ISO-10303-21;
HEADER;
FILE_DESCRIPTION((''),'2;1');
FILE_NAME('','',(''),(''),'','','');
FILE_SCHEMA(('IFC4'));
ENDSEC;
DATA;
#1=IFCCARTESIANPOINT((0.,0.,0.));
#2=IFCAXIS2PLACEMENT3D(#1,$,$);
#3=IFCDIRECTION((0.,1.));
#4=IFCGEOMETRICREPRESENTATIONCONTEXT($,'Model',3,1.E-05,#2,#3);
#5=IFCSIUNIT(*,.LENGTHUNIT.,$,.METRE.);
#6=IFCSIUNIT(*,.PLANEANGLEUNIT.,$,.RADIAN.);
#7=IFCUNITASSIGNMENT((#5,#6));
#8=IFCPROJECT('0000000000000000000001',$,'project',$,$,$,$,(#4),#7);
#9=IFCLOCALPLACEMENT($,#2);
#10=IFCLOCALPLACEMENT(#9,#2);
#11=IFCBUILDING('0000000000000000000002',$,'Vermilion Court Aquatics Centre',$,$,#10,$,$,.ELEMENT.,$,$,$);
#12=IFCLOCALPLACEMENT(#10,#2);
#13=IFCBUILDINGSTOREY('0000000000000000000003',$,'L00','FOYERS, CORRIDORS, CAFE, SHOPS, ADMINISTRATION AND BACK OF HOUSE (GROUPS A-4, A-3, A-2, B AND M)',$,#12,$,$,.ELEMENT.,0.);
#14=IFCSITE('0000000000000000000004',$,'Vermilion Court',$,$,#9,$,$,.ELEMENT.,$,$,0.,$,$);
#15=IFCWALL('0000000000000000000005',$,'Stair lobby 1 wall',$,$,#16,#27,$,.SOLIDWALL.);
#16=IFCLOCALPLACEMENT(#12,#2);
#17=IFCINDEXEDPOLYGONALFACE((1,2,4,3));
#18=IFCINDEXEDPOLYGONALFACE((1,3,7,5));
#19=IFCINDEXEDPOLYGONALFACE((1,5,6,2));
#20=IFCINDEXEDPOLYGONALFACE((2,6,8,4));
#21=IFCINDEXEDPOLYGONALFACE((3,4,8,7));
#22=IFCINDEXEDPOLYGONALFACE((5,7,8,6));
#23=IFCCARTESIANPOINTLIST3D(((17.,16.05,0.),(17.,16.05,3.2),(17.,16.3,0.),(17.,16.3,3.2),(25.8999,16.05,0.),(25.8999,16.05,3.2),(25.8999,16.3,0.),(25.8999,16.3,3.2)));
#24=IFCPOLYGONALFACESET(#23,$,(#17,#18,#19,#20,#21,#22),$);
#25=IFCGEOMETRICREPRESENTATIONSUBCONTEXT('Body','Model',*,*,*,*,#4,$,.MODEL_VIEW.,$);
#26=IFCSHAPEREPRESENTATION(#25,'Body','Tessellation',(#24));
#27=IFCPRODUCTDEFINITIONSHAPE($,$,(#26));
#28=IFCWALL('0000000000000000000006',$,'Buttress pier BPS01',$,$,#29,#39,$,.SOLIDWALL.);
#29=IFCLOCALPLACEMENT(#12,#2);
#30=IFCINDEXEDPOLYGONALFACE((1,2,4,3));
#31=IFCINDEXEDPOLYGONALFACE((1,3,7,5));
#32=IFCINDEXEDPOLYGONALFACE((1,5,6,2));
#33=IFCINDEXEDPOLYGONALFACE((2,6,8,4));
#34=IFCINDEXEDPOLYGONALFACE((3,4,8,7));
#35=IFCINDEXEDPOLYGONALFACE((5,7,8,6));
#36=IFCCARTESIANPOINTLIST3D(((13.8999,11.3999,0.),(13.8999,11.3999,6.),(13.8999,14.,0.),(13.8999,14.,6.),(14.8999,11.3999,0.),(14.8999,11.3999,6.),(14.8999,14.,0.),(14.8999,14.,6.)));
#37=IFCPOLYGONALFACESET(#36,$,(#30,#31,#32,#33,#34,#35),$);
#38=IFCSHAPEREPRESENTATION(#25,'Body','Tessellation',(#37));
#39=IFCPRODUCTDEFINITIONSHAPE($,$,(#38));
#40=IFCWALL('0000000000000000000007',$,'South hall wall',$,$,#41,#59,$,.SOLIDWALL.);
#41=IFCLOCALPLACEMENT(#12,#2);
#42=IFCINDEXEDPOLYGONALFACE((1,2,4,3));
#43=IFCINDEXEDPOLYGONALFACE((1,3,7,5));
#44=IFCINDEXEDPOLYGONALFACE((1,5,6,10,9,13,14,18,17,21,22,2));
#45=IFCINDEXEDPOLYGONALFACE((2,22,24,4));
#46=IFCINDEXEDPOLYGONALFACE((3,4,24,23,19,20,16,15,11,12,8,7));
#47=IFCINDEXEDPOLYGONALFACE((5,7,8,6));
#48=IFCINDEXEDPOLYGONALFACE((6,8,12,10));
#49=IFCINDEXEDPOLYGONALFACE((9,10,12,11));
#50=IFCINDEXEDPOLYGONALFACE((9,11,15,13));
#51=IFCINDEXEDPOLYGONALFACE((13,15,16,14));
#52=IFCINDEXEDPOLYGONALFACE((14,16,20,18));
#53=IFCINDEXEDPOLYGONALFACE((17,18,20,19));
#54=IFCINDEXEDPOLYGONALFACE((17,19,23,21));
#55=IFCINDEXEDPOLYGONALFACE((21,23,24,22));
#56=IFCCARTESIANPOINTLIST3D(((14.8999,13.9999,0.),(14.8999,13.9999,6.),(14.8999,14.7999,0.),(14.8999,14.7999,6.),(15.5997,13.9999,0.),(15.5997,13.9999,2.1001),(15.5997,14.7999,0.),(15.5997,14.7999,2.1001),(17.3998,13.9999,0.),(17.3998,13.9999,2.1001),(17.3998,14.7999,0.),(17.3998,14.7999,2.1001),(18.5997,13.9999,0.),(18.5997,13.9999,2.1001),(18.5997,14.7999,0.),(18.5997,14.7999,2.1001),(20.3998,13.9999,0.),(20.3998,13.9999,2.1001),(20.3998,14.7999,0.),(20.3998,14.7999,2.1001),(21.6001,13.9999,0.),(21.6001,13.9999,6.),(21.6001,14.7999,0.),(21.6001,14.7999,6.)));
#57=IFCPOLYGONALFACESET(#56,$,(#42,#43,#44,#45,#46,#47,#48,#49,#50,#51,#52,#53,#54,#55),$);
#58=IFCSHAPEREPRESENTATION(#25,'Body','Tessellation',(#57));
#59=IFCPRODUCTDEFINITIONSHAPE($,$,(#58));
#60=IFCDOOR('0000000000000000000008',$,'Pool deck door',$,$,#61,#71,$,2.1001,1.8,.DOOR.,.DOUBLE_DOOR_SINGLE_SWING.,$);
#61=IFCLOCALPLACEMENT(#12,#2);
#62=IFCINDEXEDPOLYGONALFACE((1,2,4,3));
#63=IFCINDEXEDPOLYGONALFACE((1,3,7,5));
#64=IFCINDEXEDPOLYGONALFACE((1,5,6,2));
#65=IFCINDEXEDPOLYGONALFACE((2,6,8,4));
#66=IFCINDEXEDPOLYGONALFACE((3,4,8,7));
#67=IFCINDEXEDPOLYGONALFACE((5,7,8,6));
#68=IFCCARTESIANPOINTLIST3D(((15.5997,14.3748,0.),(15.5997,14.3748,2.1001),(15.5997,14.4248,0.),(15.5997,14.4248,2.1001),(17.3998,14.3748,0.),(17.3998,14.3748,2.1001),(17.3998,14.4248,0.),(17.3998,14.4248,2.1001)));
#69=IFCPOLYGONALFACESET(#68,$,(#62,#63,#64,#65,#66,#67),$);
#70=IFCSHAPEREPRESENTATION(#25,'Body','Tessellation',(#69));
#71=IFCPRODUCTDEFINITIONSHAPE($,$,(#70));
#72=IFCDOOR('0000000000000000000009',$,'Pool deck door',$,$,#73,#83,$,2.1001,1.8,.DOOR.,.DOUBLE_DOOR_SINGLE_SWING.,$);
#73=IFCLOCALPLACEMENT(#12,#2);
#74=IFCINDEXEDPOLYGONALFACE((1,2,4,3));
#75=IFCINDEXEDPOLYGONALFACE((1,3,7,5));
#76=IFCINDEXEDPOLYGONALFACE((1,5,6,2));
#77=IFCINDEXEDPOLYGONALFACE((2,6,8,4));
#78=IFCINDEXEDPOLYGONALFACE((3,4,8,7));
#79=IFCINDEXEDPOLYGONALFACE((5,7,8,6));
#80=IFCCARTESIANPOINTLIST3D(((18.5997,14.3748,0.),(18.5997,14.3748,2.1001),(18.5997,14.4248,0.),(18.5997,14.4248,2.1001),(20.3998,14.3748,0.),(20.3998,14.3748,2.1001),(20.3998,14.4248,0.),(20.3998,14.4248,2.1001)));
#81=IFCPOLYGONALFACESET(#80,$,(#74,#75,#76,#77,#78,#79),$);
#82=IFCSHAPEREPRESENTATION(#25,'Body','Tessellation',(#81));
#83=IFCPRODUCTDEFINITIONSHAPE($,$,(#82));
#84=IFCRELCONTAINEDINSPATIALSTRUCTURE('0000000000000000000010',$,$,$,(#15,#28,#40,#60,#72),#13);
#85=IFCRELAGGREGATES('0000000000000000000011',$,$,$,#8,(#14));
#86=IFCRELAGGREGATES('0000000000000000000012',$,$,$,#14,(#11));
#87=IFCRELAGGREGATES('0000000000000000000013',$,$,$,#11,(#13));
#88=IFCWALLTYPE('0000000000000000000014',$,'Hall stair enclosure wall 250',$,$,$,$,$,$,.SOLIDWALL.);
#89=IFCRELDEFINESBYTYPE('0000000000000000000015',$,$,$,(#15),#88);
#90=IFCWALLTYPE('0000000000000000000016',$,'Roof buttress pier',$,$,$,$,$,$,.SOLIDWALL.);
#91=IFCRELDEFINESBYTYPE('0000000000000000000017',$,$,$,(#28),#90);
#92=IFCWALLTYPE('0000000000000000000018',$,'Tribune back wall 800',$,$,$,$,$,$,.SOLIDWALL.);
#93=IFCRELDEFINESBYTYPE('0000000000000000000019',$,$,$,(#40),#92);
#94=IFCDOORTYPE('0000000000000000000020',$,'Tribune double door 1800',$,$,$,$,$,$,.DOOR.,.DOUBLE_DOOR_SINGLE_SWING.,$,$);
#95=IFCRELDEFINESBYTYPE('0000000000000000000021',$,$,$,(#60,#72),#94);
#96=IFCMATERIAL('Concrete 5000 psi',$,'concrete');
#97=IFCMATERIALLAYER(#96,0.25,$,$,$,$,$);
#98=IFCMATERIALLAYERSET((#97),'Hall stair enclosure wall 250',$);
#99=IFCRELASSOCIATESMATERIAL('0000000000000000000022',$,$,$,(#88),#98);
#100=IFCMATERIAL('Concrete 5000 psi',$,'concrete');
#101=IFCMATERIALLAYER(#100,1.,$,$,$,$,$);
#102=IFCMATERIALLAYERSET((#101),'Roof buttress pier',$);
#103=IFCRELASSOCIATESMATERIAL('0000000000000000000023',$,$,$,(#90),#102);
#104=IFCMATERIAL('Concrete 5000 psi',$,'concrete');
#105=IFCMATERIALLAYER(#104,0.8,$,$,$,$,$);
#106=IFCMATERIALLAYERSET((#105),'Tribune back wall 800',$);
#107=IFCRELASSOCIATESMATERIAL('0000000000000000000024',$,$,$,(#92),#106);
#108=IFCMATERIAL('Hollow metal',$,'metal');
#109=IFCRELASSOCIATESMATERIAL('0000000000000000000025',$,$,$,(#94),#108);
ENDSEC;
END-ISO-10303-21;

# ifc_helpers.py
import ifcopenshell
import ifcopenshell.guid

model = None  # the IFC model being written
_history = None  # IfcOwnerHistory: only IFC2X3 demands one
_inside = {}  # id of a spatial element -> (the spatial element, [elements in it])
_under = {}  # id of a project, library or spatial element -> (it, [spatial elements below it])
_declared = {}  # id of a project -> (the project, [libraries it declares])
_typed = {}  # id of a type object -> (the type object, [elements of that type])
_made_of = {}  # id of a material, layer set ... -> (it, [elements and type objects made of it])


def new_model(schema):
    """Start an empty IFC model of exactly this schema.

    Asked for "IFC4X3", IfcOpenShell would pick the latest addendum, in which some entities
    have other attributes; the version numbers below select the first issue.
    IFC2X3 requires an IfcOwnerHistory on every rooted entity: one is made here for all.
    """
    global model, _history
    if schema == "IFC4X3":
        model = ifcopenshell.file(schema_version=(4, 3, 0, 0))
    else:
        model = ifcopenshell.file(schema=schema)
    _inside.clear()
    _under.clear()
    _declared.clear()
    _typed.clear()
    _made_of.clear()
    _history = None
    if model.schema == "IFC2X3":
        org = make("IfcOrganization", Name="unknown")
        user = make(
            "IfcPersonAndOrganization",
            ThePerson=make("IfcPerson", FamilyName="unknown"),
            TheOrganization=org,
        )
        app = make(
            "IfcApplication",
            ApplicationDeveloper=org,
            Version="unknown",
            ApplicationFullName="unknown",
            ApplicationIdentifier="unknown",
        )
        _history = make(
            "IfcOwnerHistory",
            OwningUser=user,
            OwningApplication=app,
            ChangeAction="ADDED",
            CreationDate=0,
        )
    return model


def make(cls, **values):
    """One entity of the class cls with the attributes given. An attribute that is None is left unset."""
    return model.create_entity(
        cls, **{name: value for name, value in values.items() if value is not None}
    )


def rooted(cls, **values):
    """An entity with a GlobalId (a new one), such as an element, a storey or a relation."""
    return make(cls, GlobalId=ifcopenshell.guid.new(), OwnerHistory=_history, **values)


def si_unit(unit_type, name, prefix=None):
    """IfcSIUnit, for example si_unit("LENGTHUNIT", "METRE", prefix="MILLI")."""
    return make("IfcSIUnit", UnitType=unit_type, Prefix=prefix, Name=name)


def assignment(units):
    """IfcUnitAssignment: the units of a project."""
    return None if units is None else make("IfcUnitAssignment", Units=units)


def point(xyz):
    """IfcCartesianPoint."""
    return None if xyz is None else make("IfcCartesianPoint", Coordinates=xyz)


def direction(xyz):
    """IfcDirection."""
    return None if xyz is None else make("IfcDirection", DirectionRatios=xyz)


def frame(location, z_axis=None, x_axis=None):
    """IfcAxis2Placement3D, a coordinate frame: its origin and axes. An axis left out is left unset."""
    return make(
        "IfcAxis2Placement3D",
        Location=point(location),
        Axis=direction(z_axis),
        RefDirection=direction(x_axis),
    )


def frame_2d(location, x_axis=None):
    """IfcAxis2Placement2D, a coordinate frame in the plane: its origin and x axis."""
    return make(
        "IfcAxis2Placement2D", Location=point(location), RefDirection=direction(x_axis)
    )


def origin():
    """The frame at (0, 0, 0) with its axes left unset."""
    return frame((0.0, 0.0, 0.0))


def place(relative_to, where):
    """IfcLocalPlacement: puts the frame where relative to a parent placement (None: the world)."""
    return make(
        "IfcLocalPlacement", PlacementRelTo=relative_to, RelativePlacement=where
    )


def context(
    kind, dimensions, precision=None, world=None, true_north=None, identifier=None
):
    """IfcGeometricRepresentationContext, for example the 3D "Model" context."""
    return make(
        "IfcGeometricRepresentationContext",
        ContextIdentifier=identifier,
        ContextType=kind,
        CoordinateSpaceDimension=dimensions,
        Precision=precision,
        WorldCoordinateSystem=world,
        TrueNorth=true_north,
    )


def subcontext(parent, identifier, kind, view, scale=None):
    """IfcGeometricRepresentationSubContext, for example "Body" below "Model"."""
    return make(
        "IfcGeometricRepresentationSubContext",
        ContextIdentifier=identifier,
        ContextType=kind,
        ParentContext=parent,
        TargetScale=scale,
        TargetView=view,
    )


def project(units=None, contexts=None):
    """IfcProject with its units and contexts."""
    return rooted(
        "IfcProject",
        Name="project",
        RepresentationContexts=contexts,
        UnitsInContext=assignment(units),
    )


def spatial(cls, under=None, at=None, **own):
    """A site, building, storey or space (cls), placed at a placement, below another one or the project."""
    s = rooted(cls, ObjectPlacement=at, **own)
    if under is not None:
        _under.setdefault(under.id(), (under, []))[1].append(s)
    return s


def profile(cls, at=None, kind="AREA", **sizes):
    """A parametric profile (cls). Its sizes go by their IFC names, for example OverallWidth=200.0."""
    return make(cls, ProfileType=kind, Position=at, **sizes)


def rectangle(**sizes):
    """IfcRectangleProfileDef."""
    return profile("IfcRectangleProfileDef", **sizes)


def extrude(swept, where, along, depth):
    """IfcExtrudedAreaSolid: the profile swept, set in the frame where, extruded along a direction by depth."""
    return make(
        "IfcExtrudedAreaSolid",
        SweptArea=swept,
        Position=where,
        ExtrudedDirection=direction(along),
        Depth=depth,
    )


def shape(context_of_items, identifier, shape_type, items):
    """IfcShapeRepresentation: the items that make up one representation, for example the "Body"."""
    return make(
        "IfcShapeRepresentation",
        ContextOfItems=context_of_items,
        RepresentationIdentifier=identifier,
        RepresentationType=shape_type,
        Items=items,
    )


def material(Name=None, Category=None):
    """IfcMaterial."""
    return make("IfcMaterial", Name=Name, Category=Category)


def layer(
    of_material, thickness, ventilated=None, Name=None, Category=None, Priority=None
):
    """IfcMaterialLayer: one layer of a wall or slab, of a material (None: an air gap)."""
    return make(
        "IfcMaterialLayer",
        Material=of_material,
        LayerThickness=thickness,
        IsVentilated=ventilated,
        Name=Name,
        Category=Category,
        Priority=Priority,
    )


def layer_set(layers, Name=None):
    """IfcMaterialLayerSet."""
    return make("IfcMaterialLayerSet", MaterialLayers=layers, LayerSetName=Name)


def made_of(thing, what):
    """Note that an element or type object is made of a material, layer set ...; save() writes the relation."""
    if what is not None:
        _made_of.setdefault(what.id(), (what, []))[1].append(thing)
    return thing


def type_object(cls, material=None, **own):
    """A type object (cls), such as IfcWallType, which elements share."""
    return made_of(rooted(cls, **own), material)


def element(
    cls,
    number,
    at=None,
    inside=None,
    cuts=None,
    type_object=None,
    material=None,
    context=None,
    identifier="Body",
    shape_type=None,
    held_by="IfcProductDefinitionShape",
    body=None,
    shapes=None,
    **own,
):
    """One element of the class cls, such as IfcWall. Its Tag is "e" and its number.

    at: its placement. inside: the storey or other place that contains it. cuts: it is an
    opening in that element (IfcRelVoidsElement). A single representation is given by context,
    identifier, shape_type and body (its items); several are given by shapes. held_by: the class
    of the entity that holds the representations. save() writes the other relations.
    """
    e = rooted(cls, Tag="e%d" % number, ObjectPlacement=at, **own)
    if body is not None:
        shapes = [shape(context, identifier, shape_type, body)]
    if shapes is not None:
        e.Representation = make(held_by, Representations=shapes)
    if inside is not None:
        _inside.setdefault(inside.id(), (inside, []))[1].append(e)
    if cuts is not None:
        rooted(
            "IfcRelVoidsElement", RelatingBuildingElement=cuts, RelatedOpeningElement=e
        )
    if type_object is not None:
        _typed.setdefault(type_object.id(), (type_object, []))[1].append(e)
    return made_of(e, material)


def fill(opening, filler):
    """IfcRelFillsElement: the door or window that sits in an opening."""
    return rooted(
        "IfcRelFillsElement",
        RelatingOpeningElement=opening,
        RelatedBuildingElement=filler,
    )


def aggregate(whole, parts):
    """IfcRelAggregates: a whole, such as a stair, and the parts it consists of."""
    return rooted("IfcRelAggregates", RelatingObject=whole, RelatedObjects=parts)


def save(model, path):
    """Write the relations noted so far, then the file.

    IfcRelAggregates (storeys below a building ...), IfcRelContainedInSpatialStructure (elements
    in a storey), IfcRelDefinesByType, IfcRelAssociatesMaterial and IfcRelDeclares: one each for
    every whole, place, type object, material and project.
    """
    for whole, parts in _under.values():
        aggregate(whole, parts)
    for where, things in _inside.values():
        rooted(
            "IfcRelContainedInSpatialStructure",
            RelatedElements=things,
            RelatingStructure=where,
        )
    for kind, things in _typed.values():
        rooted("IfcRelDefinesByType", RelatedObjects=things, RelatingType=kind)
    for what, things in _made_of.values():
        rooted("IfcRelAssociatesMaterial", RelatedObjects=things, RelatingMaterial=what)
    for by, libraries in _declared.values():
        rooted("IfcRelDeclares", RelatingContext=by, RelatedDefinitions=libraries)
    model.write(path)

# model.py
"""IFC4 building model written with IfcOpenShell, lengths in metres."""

from ifc_helpers import new_model, si_unit, direction, frame, frame_2d, origin, place, context, subcontext, project, spatial, rectangle, extrude, material, layer, layer_set, type_object, element, fill, save


model = new_model("IFC4")

# Units and contexts
model_context = context("Model", 3, precision=1e-05, world=origin(), true_north=direction((0.0, 1.0)))
body_context = subcontext(model_context, "Body", "Model", "MODEL_VIEW")
ifc_project = project(units=[si_unit("LENGTHUNIT", "METRE"), si_unit("PLANEANGLEUNIT", "RADIAN")], contexts=[model_context])

# Site, building, storey
site_placement = place(None, origin())
site = spatial("IfcSite", under=ifc_project, at=site_placement, Name="Vermilion Court", CompositionType="ELEMENT", RefElevation=0.0)
building_placement = place(site_placement, origin())
building = spatial("IfcBuilding", under=site, at=building_placement, Name="Vermilion Court Aquatics Centre", CompositionType="ELEMENT")
storey_placement = place(building_placement, origin())
storey = spatial("IfcBuildingStorey", under=building, at=storey_placement, Name="L00", Description="FOYERS, CORRIDORS, CAFE, SHOPS, ADMINISTRATION AND BACK OF HOUSE (GROUPS A-4, A-3, A-2, B AND M)", CompositionType="ELEMENT", Elevation=0.0)

# Shared definitions
ifc_material_1 = material(Name="Concrete 5000 psi", Category="concrete")
ifc_layer_1 = layer(ifc_material_1, 0.25)
ifc_layer_set_1 = layer_set([ifc_layer_1], Name="Hall stair enclosure wall 250")
wall_type_1 = type_object("IfcWallType", Name="Hall stair enclosure wall 250", PredefinedType="SOLIDWALL", material=ifc_layer_set_1)

# Walls
wall_1_placement = place(storey_placement, frame((17.0, 16.175, 0.0), z_axis=(0.0, 0.0, 1.0), x_axis=(1.0, 0.0, 0.0)))
element("IfcWall", 1, at=wall_1_placement, inside=storey, type_object=wall_type_1, Name="Stair lobby 1 wall", PredefinedType="SOLIDWALL", context=body_context, shape_type="SweptSolid", body=[
    extrude(rectangle(XDim=8.8999, YDim=0.25, at=frame_2d((4.45, 0.0))), origin(), (0.0, 0.0, 1.0), 3.2),
])
ifc_material_2 = material(Name="Concrete 5000 psi", Category="concrete")
ifc_layer_2 = layer(ifc_material_2, 1.0)
ifc_layer_set_2 = layer_set([ifc_layer_2], Name="Roof buttress pier")
wall_type_2 = type_object("IfcWallType", Name="Roof buttress pier", PredefinedType="SOLIDWALL", material=ifc_layer_set_2)
wall_2_placement = place(storey_placement, frame((14.3999, 11.3999, 0.0), z_axis=(0.0, 0.0, 1.0), x_axis=(0.0, 1.0, 0.0)))
element("IfcWall", 2, at=wall_2_placement, inside=storey, type_object=wall_type_2, Name="Buttress pier BPS01", PredefinedType="SOLIDWALL", context=body_context, shape_type="SweptSolid", body=[
    extrude(rectangle(XDim=2.6001, YDim=1.0, at=frame_2d((1.3, 0.0))), origin(), (0.0, 0.0, 1.0), 6.0),
])

# Wall, openings, doors
ifc_material_3 = material(Name="Concrete 5000 psi", Category="concrete")
ifc_layer_3 = layer(ifc_material_3, 0.8)
ifc_layer_set_3 = layer_set([ifc_layer_3], Name="Tribune back wall 800")
wall_type_3 = type_object("IfcWallType", Name="Tribune back wall 800", PredefinedType="SOLIDWALL", material=ifc_layer_set_3)
wall_3_placement = place(storey_placement, frame((14.8999, 14.3999, 0.0), z_axis=(0.0, 0.0, 1.0), x_axis=(1.0, 0.0, 0.0)))
wall_3 = element("IfcWall", 3, at=wall_3_placement, inside=storey, type_object=wall_type_3, Name="South hall wall", PredefinedType="SOLIDWALL", context=body_context, shape_type="SweptSolid", body=[
    extrude(rectangle(XDim=6.7002, YDim=0.8, at=frame_2d((3.3501, 0.0))), origin(), (0.0, 0.0, 1.0), 6.0),
])
opening_1_placement = place(wall_3_placement, frame((0.7, 0.0, 0.0)))
opening_1 = element("IfcOpeningElement", 4, at=opening_1_placement, cuts=wall_3, PredefinedType="OPENING", context=body_context, shape_type="SweptSolid", body=[
    extrude(rectangle(XDim=1.8, YDim=2.1001, at=frame_2d((0.8999, 1.05))), frame((0.0, 0.4099, 0.0), z_axis=(0.0, -1.0, 0.0), x_axis=(1.0, 0.0, 0.0)), (0.0, 0.0, 1.0), 0.8201),
])
opening_2_placement = place(wall_3_placement, frame((3.7, 0.0, 0.0)))
opening_2 = element("IfcOpeningElement", 5, at=opening_2_placement, cuts=wall_3, PredefinedType="OPENING", context=body_context, shape_type="SweptSolid", body=[
    extrude(rectangle(XDim=1.8, YDim=2.1001, at=frame_2d((0.8999, 1.05))), frame((0.0, 0.4099, 0.0), z_axis=(0.0, -1.0, 0.0), x_axis=(1.0, 0.0, 0.0)), (0.0, 0.0, 1.0), 0.8201),
])
ifc_material_4 = material(Name="Hollow metal", Category="metal")
door_type_1 = type_object("IfcDoorType", Name="Tribune double door 1800", OperationType="DOUBLE_DOOR_SINGLE_SWING", PredefinedType="DOOR", material=ifc_material_4)
door_1_placement = place(opening_1_placement, frame((1.8, 0.0, 0.0), z_axis=(0.0, 0.0, 1.0), x_axis=(-1.0, 0.0, 0.0)))
door_1 = element("IfcDoor", 6, at=door_1_placement, inside=storey, type_object=door_type_1, Name="Pool deck door", OperationType="DOUBLE_DOOR_SINGLE_SWING", OverallHeight=2.1001, OverallWidth=1.8, PredefinedType="DOOR", context=body_context, shape_type="SweptSolid", body=[
    extrude(rectangle(XDim=1.8, YDim=2.1001, at=frame_2d((0.9001, 1.05))), frame((0.0, 0.0251, 0.0), z_axis=(0.0, -1.0, 0.0), x_axis=(1.0, 0.0, 0.0)), (0.0, 0.0, 1.0), 0.05),
])
fill(opening_1, door_1)
door_2_placement = place(opening_2_placement, frame((1.8, 0.0, 0.0), z_axis=(0.0, 0.0, 1.0), x_axis=(-1.0, 0.0, 0.0)))
door_2 = element("IfcDoor", 7, at=door_2_placement, inside=storey, type_object=door_type_1, Name="Pool deck door", OperationType="DOUBLE_DOOR_SINGLE_SWING", OverallHeight=2.1001, OverallWidth=1.8, PredefinedType="DOOR", context=body_context, shape_type="SweptSolid", body=[
    extrude(rectangle(XDim=1.8, YDim=2.1001, at=frame_2d((0.9001, 1.05))), frame((0.0, 0.0251, 0.0), z_axis=(0.0, -1.0, 0.0), x_axis=(1.0, 0.0, 0.0)), (0.0, 0.0, 1.0), 0.05),
])
fill(opening_2, door_2)

save(model, "model.ifc")
